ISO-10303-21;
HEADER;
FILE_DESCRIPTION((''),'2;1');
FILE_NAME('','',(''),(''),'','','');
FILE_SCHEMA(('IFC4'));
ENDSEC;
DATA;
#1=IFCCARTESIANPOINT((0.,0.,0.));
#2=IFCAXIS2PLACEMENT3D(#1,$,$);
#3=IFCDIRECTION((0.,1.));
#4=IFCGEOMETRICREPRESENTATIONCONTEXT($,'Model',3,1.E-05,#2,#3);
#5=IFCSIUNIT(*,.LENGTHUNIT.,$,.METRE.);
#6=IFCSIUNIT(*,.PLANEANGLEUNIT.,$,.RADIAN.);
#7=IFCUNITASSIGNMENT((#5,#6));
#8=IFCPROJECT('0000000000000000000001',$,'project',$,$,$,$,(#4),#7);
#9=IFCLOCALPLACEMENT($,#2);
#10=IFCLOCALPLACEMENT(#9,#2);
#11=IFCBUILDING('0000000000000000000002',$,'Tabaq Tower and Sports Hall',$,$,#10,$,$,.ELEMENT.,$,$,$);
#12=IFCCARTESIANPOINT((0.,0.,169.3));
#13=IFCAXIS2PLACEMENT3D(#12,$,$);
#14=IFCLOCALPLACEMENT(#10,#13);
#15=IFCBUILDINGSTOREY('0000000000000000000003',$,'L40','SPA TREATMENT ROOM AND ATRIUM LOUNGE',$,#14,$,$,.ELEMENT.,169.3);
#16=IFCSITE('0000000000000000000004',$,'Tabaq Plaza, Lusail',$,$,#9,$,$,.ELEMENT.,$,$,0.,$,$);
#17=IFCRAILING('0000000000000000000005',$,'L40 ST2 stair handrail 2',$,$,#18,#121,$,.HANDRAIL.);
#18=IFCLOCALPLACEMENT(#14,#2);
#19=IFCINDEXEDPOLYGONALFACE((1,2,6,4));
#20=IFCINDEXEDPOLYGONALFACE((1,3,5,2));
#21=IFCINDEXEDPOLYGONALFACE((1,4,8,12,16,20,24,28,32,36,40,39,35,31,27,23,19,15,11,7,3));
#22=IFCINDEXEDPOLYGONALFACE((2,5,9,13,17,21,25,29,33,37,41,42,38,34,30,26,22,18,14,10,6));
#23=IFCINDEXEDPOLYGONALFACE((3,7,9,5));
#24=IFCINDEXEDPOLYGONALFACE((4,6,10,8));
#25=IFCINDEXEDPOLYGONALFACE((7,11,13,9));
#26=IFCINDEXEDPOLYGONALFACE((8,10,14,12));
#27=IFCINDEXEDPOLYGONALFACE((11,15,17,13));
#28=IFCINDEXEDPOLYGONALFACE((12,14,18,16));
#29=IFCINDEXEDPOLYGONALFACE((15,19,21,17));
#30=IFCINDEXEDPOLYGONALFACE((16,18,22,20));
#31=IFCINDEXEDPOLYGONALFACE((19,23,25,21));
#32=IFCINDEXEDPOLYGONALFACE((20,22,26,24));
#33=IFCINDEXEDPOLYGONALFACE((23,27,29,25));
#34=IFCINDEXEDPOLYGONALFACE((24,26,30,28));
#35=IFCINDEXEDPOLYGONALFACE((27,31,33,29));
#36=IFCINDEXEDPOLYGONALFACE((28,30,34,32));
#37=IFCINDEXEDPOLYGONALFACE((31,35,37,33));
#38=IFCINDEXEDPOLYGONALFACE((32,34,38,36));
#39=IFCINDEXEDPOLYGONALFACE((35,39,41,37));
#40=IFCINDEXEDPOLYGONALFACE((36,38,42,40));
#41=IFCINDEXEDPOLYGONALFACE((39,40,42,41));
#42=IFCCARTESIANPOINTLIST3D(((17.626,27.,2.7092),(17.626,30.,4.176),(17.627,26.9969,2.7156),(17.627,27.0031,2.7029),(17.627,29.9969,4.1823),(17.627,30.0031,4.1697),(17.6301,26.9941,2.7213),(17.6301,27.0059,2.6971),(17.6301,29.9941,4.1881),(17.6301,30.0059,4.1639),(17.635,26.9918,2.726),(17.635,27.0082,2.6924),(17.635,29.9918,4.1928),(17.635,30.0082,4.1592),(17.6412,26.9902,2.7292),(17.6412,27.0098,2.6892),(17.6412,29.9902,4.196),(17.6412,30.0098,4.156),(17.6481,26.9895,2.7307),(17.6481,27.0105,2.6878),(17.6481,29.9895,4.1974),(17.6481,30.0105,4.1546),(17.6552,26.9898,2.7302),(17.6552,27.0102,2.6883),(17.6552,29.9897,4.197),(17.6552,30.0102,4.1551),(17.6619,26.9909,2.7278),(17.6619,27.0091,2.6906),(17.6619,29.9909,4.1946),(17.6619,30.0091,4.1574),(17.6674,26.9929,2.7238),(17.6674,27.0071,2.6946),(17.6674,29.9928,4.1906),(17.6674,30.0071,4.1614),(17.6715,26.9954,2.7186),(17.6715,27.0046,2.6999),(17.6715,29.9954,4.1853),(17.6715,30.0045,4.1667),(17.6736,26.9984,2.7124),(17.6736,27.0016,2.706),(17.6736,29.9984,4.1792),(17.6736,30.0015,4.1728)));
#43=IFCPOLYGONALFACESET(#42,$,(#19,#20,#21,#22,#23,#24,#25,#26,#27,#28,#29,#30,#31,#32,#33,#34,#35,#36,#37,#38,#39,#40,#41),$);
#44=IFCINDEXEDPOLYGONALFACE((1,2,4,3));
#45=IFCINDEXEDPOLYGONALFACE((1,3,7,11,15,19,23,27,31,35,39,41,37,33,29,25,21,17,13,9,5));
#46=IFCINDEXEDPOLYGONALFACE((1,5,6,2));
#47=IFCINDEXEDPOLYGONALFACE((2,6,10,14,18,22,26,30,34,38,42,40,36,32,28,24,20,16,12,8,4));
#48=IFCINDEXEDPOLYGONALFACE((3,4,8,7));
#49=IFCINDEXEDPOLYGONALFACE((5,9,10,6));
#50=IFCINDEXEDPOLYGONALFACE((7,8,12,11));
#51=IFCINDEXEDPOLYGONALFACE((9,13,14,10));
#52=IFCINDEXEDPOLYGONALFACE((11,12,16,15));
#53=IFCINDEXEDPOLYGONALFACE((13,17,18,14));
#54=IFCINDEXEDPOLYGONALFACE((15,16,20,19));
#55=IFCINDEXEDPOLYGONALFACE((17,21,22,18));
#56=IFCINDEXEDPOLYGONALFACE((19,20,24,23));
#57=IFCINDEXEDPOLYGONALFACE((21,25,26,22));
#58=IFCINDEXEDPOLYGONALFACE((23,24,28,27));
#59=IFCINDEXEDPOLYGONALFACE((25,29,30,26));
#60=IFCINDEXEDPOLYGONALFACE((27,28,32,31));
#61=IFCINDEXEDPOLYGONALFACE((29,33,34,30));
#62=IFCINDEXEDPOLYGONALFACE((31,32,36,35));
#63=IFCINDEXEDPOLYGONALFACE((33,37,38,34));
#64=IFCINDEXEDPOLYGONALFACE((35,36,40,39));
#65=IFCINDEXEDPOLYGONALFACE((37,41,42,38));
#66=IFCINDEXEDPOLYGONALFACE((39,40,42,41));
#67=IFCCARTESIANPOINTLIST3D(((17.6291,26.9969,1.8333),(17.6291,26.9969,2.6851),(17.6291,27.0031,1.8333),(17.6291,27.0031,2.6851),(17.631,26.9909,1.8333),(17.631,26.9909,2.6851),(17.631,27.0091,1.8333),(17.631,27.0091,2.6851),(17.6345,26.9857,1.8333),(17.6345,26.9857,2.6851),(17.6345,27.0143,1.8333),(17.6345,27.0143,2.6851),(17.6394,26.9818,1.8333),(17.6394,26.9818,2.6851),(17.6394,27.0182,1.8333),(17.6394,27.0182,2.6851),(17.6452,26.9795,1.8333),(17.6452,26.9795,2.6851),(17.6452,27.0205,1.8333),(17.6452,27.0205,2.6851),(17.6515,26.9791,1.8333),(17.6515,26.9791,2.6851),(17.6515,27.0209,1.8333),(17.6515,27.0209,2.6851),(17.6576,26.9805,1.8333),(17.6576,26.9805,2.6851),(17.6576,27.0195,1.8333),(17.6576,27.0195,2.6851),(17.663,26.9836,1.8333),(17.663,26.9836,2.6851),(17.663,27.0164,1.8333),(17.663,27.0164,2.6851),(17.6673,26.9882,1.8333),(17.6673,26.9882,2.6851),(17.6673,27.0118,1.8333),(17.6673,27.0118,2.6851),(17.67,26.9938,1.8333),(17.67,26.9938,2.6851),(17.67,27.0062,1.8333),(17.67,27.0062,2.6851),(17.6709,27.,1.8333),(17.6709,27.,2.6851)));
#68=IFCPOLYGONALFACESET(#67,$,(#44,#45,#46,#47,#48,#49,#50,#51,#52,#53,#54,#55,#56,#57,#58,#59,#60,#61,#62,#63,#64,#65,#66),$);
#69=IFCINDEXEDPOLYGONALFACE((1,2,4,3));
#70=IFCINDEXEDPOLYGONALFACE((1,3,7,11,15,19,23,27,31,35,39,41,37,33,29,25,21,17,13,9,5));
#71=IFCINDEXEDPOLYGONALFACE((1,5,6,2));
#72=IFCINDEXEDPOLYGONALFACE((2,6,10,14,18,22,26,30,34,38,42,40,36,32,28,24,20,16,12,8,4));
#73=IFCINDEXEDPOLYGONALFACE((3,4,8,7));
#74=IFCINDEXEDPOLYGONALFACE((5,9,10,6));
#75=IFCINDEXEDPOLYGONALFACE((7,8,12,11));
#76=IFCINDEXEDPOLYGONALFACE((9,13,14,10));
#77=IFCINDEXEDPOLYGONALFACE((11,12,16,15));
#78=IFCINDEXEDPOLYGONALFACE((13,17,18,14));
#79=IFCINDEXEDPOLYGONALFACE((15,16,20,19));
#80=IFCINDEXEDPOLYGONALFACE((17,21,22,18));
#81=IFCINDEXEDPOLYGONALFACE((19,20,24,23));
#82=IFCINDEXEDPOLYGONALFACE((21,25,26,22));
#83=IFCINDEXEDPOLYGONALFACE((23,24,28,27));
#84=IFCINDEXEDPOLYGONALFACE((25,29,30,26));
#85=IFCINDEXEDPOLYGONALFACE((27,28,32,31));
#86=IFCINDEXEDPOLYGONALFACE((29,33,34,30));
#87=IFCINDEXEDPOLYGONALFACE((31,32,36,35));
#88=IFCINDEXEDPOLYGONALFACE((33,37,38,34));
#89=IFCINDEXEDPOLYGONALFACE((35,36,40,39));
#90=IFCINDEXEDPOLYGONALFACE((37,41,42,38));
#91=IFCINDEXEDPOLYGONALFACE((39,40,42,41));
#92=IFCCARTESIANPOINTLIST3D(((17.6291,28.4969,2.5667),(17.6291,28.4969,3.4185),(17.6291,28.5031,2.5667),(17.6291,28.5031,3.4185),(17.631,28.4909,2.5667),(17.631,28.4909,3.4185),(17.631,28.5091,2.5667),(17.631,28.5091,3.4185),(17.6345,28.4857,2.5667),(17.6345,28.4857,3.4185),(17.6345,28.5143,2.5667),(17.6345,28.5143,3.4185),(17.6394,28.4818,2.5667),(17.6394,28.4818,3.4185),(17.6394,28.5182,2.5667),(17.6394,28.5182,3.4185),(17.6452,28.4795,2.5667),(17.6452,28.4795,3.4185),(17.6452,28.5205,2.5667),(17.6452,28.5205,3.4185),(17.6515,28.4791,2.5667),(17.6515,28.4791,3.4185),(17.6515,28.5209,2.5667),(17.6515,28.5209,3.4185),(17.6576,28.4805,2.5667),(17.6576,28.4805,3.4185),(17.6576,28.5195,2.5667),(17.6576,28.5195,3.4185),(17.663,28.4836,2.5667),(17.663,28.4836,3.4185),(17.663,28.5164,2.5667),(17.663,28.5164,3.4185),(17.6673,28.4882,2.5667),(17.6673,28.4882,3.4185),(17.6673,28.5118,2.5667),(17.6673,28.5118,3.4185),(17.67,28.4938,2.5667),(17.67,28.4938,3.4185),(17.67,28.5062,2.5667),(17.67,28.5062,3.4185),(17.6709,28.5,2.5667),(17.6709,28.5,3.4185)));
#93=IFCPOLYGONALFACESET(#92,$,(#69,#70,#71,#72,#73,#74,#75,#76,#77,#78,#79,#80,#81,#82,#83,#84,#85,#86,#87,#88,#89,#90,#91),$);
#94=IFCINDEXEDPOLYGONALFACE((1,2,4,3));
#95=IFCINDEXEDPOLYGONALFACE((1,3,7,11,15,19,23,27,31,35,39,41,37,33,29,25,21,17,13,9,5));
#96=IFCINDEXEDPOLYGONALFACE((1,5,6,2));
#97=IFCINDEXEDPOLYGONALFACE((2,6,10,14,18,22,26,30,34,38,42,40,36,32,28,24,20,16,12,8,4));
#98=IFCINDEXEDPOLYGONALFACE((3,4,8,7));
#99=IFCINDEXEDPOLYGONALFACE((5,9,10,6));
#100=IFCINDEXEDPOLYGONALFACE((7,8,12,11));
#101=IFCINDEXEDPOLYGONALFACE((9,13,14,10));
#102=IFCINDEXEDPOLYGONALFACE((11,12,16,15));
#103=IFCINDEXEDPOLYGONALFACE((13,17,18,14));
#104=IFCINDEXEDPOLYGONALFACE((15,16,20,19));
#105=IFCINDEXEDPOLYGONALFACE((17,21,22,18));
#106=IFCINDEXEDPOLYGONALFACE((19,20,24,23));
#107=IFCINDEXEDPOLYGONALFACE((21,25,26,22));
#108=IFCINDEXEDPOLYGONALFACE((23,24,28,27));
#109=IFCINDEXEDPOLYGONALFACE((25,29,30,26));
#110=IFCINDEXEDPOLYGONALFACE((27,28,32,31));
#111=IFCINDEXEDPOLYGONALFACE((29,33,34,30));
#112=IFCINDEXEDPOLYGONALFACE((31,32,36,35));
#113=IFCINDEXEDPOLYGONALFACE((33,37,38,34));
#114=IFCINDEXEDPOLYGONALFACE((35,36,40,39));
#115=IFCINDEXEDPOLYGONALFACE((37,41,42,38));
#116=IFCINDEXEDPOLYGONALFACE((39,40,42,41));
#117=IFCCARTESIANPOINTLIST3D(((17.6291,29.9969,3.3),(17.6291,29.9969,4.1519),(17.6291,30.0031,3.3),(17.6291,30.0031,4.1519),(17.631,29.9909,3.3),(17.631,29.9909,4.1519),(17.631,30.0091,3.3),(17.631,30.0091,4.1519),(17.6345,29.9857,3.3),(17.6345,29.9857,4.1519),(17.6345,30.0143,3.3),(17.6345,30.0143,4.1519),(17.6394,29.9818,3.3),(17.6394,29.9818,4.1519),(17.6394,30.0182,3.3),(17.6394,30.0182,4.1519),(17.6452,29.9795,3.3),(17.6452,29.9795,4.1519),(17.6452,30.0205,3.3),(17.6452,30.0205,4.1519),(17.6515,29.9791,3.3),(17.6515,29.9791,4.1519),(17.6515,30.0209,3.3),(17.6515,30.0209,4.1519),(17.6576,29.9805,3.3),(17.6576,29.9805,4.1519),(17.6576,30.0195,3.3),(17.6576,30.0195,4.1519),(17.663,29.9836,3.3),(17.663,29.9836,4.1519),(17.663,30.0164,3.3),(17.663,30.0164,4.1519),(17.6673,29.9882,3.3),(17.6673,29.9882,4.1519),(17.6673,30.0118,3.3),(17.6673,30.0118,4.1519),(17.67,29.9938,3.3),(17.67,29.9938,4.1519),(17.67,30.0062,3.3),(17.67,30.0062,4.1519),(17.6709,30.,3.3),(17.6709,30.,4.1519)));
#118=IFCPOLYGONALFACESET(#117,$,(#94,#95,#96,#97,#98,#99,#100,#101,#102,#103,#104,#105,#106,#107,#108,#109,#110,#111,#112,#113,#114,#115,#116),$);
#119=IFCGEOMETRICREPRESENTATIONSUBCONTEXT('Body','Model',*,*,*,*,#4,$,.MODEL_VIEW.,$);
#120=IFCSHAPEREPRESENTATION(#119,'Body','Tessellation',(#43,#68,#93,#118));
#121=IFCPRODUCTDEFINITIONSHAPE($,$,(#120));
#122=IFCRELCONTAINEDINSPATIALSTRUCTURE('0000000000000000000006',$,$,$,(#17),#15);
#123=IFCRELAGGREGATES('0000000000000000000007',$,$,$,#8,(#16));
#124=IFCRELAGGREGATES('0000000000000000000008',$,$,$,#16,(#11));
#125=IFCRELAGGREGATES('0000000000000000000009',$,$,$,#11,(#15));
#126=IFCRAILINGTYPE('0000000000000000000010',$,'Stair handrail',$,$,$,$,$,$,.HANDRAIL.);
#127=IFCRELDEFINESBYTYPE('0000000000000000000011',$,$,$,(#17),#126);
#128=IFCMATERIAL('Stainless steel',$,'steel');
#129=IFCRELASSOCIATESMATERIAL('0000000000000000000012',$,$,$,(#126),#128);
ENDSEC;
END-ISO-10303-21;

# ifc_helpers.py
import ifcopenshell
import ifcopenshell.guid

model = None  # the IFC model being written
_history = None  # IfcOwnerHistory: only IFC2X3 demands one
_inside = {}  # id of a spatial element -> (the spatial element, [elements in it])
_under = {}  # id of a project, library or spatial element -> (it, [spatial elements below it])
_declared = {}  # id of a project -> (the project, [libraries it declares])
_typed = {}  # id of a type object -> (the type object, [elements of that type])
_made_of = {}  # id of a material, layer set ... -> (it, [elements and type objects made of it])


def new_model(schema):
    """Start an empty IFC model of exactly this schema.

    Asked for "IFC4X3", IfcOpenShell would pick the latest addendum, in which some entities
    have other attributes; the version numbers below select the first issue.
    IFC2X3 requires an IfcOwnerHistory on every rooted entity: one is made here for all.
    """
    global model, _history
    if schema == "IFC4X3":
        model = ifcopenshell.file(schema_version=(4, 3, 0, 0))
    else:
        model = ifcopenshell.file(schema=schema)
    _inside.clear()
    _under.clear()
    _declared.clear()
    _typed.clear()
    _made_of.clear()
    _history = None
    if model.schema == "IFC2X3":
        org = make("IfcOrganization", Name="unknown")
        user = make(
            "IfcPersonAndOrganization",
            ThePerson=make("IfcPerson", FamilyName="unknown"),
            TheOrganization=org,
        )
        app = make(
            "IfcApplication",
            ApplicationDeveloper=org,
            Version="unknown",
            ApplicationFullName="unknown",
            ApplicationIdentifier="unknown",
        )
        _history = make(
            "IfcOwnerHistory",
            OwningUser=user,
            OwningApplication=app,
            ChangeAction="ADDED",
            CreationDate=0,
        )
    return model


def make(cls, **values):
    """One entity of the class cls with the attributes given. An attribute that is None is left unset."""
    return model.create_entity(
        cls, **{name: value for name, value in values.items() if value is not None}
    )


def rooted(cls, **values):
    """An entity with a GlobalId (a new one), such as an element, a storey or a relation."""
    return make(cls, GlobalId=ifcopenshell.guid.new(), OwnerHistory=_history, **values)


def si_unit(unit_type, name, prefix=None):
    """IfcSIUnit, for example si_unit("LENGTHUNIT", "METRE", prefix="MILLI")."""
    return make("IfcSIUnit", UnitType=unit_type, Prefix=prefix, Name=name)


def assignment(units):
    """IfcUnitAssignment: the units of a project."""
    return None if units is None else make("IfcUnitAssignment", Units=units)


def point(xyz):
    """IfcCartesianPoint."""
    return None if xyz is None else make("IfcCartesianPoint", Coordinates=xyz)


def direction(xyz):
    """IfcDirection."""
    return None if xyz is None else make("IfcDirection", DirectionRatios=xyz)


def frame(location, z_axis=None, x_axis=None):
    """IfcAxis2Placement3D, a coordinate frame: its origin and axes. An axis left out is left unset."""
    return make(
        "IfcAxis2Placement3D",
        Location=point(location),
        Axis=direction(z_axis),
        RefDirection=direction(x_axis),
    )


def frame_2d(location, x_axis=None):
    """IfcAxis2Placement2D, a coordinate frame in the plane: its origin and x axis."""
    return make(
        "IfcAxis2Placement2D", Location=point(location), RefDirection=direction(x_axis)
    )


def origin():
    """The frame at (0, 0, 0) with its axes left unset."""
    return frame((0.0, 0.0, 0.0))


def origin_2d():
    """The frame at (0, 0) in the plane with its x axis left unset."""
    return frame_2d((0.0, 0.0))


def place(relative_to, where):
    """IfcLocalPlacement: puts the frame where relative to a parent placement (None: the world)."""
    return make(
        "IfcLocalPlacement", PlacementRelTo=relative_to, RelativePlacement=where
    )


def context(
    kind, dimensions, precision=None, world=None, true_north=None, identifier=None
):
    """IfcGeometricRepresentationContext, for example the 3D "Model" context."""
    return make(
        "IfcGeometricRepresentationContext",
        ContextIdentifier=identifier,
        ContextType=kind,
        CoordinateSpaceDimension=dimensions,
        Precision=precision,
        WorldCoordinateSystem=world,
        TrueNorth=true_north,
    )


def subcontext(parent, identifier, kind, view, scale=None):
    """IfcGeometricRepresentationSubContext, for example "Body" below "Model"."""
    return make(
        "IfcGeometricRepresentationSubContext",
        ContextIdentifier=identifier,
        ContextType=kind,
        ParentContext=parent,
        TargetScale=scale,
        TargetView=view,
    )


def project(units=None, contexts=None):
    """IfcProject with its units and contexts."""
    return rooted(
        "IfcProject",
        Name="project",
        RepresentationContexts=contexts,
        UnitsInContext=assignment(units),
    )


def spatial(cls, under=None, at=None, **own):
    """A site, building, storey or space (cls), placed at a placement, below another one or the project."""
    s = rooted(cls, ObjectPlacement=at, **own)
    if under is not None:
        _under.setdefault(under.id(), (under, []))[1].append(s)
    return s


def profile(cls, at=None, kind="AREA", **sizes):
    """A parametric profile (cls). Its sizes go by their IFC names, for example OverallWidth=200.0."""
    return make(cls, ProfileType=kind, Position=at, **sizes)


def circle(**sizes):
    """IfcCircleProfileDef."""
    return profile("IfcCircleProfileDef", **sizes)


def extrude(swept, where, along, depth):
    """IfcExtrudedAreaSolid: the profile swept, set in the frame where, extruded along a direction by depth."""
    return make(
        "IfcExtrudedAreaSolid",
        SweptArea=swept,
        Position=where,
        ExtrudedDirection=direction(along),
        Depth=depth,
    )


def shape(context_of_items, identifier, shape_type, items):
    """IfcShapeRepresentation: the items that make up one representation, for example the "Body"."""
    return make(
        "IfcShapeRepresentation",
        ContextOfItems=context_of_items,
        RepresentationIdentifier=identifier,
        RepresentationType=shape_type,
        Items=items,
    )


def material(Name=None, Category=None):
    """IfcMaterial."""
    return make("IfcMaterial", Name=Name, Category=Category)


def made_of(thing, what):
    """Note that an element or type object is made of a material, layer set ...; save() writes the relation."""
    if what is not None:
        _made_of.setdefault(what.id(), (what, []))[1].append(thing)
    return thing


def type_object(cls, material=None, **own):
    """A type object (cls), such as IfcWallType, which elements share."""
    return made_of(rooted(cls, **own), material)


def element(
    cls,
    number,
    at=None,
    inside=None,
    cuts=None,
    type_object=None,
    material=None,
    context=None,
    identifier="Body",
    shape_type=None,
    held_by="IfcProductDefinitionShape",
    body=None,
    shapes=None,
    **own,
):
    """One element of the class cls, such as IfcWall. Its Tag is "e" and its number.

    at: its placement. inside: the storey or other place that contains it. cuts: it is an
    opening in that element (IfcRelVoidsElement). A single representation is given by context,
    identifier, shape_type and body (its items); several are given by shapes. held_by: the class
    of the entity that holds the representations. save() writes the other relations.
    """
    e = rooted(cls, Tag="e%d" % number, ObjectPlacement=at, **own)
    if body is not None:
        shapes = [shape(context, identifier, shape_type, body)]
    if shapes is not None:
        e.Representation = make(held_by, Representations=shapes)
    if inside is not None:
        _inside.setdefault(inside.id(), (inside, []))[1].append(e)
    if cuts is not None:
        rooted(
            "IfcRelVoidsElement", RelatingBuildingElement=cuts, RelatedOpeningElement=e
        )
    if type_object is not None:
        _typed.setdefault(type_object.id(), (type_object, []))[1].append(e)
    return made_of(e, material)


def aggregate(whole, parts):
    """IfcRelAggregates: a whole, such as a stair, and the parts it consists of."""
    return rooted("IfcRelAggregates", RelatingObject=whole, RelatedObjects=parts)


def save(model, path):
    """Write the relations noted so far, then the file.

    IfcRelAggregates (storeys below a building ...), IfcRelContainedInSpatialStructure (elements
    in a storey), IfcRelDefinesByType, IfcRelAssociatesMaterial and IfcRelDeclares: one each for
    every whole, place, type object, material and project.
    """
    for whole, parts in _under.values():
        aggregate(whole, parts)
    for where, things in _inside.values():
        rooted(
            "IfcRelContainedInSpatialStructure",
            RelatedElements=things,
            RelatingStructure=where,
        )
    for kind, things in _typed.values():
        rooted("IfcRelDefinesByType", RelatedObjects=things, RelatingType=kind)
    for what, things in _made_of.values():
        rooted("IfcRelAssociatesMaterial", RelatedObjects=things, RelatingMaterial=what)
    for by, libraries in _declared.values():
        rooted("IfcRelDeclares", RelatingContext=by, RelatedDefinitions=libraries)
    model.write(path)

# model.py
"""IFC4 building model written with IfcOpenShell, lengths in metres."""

from ifc_helpers import new_model, si_unit, direction, frame, origin, origin_2d, place, context, subcontext, project, spatial, circle, extrude, material, type_object, element, save


model = new_model("IFC4")

# Units and contexts
model_context = context("Model", 3, precision=1e-05, world=origin(), true_north=direction((0.0, 1.0)))
body_context = subcontext(model_context, "Body", "Model", "MODEL_VIEW")
ifc_project = project(units=[si_unit("LENGTHUNIT", "METRE"), si_unit("PLANEANGLEUNIT", "RADIAN")], contexts=[model_context])

# Site, building, storey
site_placement = place(None, origin())
site = spatial("IfcSite", under=ifc_project, at=site_placement, Name="Tabaq Plaza, Lusail", CompositionType="ELEMENT", RefElevation=0.0)
building_placement = place(site_placement, origin())
building = spatial("IfcBuilding", under=site, at=building_placement, Name="Tabaq Tower and Sports Hall", CompositionType="ELEMENT")
storey_placement = place(building_placement, frame((0.0, 0.0, 169.3)))
storey = spatial("IfcBuildingStorey", under=building, at=storey_placement, Name="L40", Description="SPA TREATMENT ROOM AND ATRIUM LOUNGE", CompositionType="ELEMENT", Elevation=169.3)

# Railing
ifc_material_1 = material(Name="Stainless steel", Category="steel")
railing_type_1 = type_object("IfcRailingType", Name="Stair handrail", PredefinedType="HANDRAIL", material=ifc_material_1)
railing_1_placement = place(storey_placement, frame((17.6499, 27.0, 1.8333)))
element("IfcRailing", 1, at=railing_1_placement, inside=storey, type_object=railing_type_1, Name="L40 ST2 stair handrail 2", PredefinedType="HANDRAIL", context=body_context, shape_type="SweptSolid", body=[
    extrude(circle(Radius=0.0239, at=origin_2d()), frame((0.0, 0.0, 0.876), z_axis=(0.0, 0.898369, 0.439242), x_axis=(-1.0, 0.0, 0.0)), (0.0, 0.0, 1.0), 3.3394),
    extrude(circle(Radius=0.021, at=origin_2d()), origin(), (0.0, 0.0, 1.0), 0.8518),
    extrude(circle(Radius=0.021, at=origin_2d()), frame((0.0, 1.5, 0.7334)), (0.0, 0.0, 1.0), 0.8518),
    extrude(circle(Radius=0.021, at=origin_2d()), frame((0.0, 3.0, 1.4668)), (0.0, 0.0, 1.0), 0.8518),
])

save(model, "model.ifc")
